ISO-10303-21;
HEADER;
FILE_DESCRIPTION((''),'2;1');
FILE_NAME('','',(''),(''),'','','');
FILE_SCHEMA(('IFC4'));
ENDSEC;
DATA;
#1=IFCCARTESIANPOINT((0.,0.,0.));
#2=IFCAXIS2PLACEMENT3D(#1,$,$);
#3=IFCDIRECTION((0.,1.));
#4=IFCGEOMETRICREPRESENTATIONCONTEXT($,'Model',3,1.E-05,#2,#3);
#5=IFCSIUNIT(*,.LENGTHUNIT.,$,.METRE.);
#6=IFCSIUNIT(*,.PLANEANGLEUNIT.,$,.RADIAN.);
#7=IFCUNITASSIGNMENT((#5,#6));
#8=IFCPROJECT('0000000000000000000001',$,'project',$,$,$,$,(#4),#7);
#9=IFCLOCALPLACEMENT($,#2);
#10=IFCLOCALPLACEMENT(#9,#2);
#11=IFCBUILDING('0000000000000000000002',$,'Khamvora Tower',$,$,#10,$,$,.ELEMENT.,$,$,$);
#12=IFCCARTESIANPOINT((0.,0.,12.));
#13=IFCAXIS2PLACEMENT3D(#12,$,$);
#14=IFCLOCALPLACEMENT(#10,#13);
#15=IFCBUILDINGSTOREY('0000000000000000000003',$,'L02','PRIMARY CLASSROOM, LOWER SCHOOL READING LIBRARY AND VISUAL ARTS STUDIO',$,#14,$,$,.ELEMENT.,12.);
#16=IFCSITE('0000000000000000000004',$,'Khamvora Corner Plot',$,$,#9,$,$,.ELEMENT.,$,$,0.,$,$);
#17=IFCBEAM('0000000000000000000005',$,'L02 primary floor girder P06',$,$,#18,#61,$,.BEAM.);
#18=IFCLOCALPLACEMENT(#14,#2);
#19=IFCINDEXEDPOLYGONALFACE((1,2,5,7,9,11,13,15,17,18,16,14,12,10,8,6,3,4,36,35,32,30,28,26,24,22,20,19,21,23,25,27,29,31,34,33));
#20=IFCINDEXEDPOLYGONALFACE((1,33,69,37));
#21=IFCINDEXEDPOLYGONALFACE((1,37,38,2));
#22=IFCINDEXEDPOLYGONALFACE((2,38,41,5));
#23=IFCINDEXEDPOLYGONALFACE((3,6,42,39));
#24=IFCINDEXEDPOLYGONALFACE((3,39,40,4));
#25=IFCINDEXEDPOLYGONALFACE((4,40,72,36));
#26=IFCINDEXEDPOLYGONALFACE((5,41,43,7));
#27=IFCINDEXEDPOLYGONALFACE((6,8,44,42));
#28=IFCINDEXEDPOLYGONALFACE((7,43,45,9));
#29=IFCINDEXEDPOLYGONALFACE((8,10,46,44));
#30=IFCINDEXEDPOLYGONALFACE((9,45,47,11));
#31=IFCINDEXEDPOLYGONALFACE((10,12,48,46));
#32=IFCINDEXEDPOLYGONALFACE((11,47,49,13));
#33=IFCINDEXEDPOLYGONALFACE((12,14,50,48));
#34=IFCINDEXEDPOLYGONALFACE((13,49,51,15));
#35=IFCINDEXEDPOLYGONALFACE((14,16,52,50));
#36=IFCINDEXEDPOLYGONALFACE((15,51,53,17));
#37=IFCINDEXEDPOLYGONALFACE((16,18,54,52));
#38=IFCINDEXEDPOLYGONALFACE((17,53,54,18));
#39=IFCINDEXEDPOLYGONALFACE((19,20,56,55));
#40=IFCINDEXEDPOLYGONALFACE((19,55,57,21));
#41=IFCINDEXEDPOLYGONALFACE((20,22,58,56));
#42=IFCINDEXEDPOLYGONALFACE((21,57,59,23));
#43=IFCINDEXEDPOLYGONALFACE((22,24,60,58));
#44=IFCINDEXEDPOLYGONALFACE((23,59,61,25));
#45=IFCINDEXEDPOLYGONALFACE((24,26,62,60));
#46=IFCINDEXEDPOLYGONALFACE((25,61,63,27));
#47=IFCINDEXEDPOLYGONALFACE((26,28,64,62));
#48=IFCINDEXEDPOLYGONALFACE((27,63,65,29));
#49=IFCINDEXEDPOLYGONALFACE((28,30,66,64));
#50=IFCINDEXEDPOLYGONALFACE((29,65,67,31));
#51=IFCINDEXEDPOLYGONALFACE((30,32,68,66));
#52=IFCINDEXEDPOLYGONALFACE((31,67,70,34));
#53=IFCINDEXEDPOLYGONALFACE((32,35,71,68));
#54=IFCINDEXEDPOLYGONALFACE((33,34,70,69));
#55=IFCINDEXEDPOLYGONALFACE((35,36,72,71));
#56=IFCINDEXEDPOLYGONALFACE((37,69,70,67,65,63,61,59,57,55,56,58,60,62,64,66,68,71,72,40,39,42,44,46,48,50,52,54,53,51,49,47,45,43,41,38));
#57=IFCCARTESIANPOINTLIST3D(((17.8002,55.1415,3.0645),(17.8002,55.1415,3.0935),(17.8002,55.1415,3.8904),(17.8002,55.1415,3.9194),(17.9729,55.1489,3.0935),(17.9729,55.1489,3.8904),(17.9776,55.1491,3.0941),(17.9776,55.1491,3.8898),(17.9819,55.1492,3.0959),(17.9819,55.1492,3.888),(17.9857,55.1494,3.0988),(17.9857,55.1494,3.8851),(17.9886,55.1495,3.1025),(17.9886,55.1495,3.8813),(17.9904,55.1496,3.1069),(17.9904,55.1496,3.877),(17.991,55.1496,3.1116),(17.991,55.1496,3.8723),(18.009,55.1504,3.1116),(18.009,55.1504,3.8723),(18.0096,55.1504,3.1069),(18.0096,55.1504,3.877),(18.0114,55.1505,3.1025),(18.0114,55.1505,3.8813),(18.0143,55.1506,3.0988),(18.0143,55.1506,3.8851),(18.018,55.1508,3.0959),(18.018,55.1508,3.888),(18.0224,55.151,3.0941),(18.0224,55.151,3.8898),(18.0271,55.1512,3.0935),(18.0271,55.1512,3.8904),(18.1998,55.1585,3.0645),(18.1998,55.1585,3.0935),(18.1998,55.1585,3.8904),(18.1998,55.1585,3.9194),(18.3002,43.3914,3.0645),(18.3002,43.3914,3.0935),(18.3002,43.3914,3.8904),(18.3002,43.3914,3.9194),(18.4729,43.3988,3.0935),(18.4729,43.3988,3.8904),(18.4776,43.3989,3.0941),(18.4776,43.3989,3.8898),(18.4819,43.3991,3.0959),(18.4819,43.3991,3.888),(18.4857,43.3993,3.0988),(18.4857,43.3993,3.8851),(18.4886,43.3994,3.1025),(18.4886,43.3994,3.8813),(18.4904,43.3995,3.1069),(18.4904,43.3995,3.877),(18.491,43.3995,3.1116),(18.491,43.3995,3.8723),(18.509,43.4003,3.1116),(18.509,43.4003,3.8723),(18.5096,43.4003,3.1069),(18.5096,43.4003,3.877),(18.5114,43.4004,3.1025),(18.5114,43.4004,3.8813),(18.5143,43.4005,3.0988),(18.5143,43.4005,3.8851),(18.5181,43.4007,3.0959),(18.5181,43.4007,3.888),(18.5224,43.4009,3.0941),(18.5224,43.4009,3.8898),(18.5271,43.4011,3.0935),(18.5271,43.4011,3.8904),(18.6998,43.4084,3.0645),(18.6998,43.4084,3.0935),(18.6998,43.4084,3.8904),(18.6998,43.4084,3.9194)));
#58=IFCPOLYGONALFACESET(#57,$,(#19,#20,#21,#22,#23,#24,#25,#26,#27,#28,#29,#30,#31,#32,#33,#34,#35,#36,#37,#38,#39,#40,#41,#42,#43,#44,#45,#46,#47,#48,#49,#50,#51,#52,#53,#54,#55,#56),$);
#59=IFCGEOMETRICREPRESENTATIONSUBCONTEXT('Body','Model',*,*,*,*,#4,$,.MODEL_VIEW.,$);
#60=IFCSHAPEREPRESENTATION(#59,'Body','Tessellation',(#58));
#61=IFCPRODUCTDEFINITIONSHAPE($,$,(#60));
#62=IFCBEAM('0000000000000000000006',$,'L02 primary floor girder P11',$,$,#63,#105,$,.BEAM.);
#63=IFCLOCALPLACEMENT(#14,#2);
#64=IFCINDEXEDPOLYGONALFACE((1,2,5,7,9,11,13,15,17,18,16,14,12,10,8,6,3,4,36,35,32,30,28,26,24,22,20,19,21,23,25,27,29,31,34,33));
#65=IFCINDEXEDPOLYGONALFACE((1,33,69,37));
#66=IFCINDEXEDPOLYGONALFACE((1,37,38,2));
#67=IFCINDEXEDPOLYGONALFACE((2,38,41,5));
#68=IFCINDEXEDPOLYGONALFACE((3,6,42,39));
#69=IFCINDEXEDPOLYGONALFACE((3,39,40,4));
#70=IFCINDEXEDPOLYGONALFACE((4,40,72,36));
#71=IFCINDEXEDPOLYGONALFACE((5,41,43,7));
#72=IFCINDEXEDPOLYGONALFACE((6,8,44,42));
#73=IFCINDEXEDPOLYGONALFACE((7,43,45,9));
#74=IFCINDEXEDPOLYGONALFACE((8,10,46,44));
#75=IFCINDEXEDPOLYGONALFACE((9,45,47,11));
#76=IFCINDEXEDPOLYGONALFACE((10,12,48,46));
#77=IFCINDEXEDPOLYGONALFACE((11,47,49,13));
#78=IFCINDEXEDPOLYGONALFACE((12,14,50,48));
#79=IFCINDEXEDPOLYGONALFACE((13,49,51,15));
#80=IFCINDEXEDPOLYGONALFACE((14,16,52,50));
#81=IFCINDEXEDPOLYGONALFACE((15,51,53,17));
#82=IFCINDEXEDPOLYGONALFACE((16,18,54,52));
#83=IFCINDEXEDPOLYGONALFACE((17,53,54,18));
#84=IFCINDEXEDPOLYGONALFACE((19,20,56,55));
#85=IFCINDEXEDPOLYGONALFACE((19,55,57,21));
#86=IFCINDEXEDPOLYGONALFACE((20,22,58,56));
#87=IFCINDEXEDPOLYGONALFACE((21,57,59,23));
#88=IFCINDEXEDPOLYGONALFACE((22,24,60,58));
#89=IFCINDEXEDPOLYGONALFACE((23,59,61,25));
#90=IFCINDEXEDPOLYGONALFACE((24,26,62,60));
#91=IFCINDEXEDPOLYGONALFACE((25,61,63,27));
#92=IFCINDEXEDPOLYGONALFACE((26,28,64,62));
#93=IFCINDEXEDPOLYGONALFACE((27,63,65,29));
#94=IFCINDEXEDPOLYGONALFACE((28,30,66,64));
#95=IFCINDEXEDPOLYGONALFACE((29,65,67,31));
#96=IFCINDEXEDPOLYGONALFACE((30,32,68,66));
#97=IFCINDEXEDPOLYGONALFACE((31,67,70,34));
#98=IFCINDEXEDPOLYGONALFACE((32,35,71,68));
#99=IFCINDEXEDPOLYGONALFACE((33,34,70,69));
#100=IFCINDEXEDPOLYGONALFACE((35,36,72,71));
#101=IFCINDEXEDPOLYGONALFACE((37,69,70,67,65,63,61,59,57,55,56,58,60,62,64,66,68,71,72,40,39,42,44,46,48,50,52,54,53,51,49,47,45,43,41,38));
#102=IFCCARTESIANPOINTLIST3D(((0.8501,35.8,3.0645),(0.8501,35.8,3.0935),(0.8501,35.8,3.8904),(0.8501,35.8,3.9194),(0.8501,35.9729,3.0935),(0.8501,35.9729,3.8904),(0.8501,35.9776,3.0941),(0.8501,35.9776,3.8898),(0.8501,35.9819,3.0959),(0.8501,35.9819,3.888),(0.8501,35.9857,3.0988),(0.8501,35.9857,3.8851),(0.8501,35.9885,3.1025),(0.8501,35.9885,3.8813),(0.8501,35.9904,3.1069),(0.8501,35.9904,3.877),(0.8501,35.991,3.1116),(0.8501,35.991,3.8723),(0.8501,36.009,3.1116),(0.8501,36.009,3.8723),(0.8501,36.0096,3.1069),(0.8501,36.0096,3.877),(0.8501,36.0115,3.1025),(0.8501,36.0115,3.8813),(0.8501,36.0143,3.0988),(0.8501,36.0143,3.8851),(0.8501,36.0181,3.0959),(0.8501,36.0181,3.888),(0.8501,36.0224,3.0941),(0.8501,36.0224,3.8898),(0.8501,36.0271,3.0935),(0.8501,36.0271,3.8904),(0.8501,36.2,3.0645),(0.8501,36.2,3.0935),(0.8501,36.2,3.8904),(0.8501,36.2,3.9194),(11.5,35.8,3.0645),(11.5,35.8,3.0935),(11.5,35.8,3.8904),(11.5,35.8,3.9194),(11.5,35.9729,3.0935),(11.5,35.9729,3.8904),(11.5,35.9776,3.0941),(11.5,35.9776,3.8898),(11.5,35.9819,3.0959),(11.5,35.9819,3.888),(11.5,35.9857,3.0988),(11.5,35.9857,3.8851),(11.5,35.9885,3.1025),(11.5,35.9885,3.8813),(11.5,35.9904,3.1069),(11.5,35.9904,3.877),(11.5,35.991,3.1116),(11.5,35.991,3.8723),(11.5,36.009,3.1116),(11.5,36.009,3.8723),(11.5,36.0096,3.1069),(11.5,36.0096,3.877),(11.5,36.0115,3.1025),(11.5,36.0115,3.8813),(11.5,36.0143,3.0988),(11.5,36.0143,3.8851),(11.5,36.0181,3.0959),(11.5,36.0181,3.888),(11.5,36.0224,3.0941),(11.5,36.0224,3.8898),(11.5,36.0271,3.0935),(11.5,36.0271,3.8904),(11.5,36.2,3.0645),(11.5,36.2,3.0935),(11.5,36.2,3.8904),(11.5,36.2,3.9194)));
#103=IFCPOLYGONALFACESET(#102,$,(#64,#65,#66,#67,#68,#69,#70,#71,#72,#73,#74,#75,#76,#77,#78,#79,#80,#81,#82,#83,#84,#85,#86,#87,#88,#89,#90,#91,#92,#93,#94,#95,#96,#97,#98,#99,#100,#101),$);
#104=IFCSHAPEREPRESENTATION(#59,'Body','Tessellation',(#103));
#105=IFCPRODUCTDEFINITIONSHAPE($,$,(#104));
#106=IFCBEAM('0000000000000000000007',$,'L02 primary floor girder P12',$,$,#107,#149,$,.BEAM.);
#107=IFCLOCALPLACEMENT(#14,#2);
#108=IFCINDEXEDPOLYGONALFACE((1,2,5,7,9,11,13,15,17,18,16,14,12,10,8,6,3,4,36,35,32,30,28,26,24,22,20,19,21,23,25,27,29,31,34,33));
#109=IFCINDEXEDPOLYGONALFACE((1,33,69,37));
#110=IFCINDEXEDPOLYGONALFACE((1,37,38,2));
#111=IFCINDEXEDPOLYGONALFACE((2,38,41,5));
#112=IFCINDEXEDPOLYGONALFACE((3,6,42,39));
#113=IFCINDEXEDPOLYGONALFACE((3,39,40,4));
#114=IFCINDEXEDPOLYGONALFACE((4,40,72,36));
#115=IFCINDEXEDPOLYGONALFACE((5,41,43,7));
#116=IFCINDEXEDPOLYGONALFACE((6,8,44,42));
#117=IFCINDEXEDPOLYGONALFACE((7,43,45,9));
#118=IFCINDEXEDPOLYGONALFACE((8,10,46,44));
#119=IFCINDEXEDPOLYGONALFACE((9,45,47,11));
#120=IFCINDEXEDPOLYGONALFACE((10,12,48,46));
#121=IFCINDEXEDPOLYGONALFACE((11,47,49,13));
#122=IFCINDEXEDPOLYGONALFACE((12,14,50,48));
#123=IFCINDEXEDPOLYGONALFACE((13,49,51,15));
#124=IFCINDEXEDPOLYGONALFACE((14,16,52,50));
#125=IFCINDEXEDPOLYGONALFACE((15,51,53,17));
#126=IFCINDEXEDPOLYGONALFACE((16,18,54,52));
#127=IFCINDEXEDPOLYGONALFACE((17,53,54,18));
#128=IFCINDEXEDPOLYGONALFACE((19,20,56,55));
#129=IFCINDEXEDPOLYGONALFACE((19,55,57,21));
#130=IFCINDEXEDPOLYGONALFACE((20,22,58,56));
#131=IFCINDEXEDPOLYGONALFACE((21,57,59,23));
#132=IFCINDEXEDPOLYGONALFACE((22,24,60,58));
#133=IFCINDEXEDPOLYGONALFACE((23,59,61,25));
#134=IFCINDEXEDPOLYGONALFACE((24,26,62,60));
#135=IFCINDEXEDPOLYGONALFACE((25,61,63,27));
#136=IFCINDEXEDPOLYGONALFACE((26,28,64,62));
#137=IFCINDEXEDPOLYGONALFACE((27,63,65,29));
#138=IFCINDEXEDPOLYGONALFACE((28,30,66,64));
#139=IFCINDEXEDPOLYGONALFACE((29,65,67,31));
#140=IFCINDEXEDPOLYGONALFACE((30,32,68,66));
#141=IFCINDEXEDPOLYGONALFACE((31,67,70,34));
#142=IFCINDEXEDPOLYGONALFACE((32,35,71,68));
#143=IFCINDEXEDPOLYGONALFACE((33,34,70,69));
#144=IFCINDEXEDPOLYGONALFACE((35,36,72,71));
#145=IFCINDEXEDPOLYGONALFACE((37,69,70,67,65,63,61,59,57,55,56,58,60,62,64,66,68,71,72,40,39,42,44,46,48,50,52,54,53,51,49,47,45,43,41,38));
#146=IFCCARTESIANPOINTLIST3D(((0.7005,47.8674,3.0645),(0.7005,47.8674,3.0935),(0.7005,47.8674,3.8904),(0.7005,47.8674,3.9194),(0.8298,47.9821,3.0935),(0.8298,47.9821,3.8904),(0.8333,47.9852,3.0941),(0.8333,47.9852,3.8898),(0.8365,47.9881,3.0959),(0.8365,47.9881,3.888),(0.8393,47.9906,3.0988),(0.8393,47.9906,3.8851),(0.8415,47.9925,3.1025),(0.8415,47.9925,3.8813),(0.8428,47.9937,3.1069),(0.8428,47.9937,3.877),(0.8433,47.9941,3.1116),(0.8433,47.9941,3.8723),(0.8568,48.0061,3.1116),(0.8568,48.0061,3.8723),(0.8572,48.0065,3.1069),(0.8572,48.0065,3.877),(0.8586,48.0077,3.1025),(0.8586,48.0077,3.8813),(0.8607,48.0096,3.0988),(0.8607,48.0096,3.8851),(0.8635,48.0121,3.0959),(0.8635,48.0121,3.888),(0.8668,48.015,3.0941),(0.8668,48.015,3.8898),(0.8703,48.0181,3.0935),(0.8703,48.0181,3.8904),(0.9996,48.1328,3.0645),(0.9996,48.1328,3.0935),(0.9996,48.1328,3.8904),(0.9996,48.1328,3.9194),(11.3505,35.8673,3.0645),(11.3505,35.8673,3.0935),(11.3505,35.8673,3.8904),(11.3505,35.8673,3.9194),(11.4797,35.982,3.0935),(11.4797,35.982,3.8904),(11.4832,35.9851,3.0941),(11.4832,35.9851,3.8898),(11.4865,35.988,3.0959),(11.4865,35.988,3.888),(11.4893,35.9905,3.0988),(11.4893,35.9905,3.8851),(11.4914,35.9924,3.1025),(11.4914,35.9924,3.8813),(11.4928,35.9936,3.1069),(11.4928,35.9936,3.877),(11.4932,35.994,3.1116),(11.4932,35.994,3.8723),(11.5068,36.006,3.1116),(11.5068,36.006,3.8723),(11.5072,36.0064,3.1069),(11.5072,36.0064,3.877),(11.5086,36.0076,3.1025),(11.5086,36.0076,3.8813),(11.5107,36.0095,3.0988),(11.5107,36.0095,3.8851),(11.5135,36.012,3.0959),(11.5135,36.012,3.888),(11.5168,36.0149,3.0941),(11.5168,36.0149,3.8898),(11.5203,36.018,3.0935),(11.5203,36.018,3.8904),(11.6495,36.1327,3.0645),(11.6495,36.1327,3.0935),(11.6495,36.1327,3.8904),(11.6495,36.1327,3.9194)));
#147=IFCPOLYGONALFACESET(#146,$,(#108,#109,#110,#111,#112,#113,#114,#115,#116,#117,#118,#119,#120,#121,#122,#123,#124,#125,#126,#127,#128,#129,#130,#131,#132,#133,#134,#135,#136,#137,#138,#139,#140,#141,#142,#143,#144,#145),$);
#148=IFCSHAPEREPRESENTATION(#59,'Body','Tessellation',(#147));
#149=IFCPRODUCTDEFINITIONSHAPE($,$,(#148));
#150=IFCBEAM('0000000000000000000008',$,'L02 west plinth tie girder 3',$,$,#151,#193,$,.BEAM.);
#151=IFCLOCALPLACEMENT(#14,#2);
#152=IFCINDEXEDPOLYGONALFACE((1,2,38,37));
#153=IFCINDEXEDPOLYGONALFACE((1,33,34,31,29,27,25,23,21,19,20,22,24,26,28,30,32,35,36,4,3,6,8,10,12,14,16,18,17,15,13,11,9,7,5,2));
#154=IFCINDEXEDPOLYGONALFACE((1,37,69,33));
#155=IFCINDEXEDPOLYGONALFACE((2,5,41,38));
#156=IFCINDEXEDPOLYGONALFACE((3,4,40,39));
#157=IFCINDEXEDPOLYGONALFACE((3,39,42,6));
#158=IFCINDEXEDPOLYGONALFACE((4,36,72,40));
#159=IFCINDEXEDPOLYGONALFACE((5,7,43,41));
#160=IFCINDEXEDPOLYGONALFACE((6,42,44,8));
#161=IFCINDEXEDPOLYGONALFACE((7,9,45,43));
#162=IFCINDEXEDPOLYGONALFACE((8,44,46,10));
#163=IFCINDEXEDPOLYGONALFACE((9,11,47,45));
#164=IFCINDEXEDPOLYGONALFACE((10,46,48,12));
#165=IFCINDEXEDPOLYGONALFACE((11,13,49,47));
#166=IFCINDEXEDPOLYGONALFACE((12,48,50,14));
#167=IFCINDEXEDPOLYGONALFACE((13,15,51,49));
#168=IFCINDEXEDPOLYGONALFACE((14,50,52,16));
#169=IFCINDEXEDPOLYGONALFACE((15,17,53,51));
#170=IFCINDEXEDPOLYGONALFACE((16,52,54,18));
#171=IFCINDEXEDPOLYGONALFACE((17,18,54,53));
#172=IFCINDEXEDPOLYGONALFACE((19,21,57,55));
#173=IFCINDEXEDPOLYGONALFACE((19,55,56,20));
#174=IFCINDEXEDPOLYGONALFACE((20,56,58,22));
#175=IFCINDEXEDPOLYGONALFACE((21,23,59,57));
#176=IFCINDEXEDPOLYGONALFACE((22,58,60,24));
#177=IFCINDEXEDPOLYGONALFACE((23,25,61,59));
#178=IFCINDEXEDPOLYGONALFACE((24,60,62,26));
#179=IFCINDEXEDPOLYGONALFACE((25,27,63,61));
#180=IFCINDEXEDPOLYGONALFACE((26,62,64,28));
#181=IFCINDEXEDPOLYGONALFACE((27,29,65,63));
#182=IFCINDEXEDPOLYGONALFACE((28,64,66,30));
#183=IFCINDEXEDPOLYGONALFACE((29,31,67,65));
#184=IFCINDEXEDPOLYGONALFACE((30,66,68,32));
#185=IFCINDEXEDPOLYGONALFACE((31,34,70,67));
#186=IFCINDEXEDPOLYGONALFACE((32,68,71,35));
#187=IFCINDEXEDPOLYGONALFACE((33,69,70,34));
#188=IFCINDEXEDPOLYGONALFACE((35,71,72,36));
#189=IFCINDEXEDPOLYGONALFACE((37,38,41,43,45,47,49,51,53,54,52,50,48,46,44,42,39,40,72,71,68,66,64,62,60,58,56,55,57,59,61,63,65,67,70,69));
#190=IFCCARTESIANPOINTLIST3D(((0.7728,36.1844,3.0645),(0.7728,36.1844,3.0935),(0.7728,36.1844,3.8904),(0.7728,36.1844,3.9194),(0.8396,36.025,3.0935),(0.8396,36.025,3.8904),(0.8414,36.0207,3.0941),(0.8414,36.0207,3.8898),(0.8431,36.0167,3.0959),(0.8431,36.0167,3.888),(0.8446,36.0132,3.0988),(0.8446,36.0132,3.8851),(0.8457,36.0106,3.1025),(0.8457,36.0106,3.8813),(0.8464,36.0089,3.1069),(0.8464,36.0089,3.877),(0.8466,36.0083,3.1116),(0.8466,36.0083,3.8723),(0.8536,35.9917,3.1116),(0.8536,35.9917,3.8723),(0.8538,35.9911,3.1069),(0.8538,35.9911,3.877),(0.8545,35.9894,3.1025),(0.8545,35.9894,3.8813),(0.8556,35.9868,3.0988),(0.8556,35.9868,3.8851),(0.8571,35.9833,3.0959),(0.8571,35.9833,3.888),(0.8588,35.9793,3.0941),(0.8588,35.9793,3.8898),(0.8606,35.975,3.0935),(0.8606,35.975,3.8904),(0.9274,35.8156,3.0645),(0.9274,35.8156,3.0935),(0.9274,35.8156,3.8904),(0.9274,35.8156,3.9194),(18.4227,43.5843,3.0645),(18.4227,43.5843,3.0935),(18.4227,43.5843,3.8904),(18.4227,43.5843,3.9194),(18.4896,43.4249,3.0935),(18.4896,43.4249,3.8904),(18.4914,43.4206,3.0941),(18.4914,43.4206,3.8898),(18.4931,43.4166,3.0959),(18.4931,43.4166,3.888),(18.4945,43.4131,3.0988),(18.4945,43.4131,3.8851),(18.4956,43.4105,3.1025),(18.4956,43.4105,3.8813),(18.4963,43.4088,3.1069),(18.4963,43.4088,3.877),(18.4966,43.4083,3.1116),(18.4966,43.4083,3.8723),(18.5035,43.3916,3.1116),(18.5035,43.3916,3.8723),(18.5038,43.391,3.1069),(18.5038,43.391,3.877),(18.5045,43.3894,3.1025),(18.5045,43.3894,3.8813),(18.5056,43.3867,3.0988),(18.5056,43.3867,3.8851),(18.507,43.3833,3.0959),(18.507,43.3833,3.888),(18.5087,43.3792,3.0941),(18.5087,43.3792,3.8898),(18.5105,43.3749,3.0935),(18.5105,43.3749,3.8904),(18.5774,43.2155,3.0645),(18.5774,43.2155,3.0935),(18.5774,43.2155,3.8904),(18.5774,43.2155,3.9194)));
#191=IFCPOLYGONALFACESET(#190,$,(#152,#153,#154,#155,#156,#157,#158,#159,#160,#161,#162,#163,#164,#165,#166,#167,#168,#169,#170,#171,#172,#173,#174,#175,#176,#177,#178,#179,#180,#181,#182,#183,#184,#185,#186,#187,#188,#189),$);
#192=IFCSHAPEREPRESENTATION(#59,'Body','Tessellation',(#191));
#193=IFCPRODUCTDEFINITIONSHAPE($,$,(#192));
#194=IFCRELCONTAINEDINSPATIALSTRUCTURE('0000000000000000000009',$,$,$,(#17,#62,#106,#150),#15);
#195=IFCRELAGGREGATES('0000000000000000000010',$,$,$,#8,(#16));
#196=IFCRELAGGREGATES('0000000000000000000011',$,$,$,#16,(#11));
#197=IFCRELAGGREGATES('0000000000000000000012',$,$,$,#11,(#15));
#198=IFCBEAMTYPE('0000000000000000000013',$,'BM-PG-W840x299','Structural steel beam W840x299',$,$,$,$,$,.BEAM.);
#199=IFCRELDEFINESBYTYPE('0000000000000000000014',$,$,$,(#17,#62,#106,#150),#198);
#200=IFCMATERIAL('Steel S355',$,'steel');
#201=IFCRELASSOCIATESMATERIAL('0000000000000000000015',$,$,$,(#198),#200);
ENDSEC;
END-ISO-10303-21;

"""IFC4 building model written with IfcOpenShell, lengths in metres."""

from ifc_helpers import new_model, si_unit, direction, frame, origin, origin_2d, place, context, subcontext, project, spatial, i_section, extrude, material, material_profile, profile_set, type_object, element, save


model = new_model("IFC4")

# Units and contexts
model_context = context("Model", 3, precision=1e-05, world=origin(), true_north=direction((0.0, 1.0)))
body_context = subcontext(model_context, "Body", "Model", "MODEL_VIEW")
ifc_project = project(units=[si_unit("LENGTHUNIT", "METRE"), si_unit("PLANEANGLEUNIT", "RADIAN")], contexts=[model_context])

# Site, building, storey
site_placement = place(None, origin())
site = spatial("IfcSite", under=ifc_project, at=site_placement, Name="Khamvora Corner Plot", CompositionType="ELEMENT", RefElevation=0.0)
building_placement = place(site_placement, origin())
building = spatial("IfcBuilding", under=site, at=building_placement, Name="Khamvora Tower", CompositionType="ELEMENT")
storey_placement = place(building_placement, frame((0.0, 0.0, 12.0)))
storey = spatial("IfcBuildingStorey", under=building, at=storey_placement, Name="L02", Description="PRIMARY CLASSROOM, LOWER SCHOOL READING LIBRARY AND VISUAL ARTS STUDIO", CompositionType="ELEMENT", Elevation=12.0)

# Beams
ifc_material_1 = material(Name="Steel S355", Category="steel")
ifc_material_profile_1 = material_profile(ifc_material_1, i_section(OverallWidth=0.3999, OverallDepth=0.855, WebThickness=0.0181, FlangeThickness=0.0291, FilletRadius=0.0181, at=origin_2d()), Name="W840x299")
ifc_profile_set_1 = profile_set([ifc_material_profile_1], Name="Steel S355")
beam_type_1 = type_object("IfcBeamType", Name="BM-PG-W840x299", Description="Structural steel beam W840x299", PredefinedType="BEAM", material=ifc_profile_set_1)
beam_1_placement = place(storey_placement, frame((18.5, 43.3999, 3.4919), z_axis=(-0.042515, 0.999096, 0.0), x_axis=(-0.999096, -0.042515, 0.0)))
element("IfcBeam", 1, at=beam_1_placement, inside=storey, type_object=beam_type_1, Name="L02 primary floor girder P06", PredefinedType="BEAM", context=body_context, shape_type="SweptSolid", body=[
    extrude(i_section(OverallWidth=0.3999, OverallDepth=0.855, WebThickness=0.0181, FlangeThickness=0.0291, FilletRadius=0.0181, at=origin_2d()), origin(), (0.0, 0.0, 1.0), 11.7607),
])
beam_2_placement = place(storey_placement, frame((11.5, 36.0, 3.4919), z_axis=(-1.0, 0.0, 0.0), x_axis=(0.0, -1.0, 0.0)))
element("IfcBeam", 2, at=beam_2_placement, inside=storey, type_object=beam_type_1, Name="L02 primary floor girder P11", PredefinedType="BEAM", context=body_context, shape_type="SweptSolid", body=[
    extrude(i_section(OverallWidth=0.3999, OverallDepth=0.855, WebThickness=0.0181, FlangeThickness=0.0291, FilletRadius=0.0181, at=origin_2d()), origin(), (0.0, 0.0, 1.0), 10.6499),
])
beam_3_placement = place(storey_placement, frame((11.5, 36.0, 3.4919), z_axis=(-0.66378, 0.747928, 0.0), x_axis=(-0.747928, -0.66378, 0.0)))
element("IfcBeam", 3, at=beam_3_placement, inside=storey, type_object=beam_type_1, Name="L02 primary floor girder P12", PredefinedType="BEAM", context=body_context, shape_type="SweptSolid", body=[
    extrude(i_section(OverallWidth=0.3999, OverallDepth=0.855, WebThickness=0.0181, FlangeThickness=0.0291, FilletRadius=0.0181, at=origin_2d()), origin(), (0.0, 0.0, 1.0), 16.0444),
])
beam_4_placement = place(storey_placement, frame((0.8501, 36.0, 3.4919), z_axis=(0.922225, 0.386652, 0.0), x_axis=(-0.386652, 0.922225, 0.0)))
element("IfcBeam", 4, at=beam_4_placement, inside=storey, type_object=beam_type_1, Name="L02 west plinth tie girder 3", PredefinedType="BEAM", context=body_context, shape_type="SweptSolid", body=[
    extrude(i_section(OverallWidth=0.3999, OverallDepth=0.855, WebThickness=0.0181, FlangeThickness=0.0291, FilletRadius=0.0181, at=origin_2d()), origin(), (0.0, 0.0, 1.0), 19.1384),
])

save(model, "model.ifc")
